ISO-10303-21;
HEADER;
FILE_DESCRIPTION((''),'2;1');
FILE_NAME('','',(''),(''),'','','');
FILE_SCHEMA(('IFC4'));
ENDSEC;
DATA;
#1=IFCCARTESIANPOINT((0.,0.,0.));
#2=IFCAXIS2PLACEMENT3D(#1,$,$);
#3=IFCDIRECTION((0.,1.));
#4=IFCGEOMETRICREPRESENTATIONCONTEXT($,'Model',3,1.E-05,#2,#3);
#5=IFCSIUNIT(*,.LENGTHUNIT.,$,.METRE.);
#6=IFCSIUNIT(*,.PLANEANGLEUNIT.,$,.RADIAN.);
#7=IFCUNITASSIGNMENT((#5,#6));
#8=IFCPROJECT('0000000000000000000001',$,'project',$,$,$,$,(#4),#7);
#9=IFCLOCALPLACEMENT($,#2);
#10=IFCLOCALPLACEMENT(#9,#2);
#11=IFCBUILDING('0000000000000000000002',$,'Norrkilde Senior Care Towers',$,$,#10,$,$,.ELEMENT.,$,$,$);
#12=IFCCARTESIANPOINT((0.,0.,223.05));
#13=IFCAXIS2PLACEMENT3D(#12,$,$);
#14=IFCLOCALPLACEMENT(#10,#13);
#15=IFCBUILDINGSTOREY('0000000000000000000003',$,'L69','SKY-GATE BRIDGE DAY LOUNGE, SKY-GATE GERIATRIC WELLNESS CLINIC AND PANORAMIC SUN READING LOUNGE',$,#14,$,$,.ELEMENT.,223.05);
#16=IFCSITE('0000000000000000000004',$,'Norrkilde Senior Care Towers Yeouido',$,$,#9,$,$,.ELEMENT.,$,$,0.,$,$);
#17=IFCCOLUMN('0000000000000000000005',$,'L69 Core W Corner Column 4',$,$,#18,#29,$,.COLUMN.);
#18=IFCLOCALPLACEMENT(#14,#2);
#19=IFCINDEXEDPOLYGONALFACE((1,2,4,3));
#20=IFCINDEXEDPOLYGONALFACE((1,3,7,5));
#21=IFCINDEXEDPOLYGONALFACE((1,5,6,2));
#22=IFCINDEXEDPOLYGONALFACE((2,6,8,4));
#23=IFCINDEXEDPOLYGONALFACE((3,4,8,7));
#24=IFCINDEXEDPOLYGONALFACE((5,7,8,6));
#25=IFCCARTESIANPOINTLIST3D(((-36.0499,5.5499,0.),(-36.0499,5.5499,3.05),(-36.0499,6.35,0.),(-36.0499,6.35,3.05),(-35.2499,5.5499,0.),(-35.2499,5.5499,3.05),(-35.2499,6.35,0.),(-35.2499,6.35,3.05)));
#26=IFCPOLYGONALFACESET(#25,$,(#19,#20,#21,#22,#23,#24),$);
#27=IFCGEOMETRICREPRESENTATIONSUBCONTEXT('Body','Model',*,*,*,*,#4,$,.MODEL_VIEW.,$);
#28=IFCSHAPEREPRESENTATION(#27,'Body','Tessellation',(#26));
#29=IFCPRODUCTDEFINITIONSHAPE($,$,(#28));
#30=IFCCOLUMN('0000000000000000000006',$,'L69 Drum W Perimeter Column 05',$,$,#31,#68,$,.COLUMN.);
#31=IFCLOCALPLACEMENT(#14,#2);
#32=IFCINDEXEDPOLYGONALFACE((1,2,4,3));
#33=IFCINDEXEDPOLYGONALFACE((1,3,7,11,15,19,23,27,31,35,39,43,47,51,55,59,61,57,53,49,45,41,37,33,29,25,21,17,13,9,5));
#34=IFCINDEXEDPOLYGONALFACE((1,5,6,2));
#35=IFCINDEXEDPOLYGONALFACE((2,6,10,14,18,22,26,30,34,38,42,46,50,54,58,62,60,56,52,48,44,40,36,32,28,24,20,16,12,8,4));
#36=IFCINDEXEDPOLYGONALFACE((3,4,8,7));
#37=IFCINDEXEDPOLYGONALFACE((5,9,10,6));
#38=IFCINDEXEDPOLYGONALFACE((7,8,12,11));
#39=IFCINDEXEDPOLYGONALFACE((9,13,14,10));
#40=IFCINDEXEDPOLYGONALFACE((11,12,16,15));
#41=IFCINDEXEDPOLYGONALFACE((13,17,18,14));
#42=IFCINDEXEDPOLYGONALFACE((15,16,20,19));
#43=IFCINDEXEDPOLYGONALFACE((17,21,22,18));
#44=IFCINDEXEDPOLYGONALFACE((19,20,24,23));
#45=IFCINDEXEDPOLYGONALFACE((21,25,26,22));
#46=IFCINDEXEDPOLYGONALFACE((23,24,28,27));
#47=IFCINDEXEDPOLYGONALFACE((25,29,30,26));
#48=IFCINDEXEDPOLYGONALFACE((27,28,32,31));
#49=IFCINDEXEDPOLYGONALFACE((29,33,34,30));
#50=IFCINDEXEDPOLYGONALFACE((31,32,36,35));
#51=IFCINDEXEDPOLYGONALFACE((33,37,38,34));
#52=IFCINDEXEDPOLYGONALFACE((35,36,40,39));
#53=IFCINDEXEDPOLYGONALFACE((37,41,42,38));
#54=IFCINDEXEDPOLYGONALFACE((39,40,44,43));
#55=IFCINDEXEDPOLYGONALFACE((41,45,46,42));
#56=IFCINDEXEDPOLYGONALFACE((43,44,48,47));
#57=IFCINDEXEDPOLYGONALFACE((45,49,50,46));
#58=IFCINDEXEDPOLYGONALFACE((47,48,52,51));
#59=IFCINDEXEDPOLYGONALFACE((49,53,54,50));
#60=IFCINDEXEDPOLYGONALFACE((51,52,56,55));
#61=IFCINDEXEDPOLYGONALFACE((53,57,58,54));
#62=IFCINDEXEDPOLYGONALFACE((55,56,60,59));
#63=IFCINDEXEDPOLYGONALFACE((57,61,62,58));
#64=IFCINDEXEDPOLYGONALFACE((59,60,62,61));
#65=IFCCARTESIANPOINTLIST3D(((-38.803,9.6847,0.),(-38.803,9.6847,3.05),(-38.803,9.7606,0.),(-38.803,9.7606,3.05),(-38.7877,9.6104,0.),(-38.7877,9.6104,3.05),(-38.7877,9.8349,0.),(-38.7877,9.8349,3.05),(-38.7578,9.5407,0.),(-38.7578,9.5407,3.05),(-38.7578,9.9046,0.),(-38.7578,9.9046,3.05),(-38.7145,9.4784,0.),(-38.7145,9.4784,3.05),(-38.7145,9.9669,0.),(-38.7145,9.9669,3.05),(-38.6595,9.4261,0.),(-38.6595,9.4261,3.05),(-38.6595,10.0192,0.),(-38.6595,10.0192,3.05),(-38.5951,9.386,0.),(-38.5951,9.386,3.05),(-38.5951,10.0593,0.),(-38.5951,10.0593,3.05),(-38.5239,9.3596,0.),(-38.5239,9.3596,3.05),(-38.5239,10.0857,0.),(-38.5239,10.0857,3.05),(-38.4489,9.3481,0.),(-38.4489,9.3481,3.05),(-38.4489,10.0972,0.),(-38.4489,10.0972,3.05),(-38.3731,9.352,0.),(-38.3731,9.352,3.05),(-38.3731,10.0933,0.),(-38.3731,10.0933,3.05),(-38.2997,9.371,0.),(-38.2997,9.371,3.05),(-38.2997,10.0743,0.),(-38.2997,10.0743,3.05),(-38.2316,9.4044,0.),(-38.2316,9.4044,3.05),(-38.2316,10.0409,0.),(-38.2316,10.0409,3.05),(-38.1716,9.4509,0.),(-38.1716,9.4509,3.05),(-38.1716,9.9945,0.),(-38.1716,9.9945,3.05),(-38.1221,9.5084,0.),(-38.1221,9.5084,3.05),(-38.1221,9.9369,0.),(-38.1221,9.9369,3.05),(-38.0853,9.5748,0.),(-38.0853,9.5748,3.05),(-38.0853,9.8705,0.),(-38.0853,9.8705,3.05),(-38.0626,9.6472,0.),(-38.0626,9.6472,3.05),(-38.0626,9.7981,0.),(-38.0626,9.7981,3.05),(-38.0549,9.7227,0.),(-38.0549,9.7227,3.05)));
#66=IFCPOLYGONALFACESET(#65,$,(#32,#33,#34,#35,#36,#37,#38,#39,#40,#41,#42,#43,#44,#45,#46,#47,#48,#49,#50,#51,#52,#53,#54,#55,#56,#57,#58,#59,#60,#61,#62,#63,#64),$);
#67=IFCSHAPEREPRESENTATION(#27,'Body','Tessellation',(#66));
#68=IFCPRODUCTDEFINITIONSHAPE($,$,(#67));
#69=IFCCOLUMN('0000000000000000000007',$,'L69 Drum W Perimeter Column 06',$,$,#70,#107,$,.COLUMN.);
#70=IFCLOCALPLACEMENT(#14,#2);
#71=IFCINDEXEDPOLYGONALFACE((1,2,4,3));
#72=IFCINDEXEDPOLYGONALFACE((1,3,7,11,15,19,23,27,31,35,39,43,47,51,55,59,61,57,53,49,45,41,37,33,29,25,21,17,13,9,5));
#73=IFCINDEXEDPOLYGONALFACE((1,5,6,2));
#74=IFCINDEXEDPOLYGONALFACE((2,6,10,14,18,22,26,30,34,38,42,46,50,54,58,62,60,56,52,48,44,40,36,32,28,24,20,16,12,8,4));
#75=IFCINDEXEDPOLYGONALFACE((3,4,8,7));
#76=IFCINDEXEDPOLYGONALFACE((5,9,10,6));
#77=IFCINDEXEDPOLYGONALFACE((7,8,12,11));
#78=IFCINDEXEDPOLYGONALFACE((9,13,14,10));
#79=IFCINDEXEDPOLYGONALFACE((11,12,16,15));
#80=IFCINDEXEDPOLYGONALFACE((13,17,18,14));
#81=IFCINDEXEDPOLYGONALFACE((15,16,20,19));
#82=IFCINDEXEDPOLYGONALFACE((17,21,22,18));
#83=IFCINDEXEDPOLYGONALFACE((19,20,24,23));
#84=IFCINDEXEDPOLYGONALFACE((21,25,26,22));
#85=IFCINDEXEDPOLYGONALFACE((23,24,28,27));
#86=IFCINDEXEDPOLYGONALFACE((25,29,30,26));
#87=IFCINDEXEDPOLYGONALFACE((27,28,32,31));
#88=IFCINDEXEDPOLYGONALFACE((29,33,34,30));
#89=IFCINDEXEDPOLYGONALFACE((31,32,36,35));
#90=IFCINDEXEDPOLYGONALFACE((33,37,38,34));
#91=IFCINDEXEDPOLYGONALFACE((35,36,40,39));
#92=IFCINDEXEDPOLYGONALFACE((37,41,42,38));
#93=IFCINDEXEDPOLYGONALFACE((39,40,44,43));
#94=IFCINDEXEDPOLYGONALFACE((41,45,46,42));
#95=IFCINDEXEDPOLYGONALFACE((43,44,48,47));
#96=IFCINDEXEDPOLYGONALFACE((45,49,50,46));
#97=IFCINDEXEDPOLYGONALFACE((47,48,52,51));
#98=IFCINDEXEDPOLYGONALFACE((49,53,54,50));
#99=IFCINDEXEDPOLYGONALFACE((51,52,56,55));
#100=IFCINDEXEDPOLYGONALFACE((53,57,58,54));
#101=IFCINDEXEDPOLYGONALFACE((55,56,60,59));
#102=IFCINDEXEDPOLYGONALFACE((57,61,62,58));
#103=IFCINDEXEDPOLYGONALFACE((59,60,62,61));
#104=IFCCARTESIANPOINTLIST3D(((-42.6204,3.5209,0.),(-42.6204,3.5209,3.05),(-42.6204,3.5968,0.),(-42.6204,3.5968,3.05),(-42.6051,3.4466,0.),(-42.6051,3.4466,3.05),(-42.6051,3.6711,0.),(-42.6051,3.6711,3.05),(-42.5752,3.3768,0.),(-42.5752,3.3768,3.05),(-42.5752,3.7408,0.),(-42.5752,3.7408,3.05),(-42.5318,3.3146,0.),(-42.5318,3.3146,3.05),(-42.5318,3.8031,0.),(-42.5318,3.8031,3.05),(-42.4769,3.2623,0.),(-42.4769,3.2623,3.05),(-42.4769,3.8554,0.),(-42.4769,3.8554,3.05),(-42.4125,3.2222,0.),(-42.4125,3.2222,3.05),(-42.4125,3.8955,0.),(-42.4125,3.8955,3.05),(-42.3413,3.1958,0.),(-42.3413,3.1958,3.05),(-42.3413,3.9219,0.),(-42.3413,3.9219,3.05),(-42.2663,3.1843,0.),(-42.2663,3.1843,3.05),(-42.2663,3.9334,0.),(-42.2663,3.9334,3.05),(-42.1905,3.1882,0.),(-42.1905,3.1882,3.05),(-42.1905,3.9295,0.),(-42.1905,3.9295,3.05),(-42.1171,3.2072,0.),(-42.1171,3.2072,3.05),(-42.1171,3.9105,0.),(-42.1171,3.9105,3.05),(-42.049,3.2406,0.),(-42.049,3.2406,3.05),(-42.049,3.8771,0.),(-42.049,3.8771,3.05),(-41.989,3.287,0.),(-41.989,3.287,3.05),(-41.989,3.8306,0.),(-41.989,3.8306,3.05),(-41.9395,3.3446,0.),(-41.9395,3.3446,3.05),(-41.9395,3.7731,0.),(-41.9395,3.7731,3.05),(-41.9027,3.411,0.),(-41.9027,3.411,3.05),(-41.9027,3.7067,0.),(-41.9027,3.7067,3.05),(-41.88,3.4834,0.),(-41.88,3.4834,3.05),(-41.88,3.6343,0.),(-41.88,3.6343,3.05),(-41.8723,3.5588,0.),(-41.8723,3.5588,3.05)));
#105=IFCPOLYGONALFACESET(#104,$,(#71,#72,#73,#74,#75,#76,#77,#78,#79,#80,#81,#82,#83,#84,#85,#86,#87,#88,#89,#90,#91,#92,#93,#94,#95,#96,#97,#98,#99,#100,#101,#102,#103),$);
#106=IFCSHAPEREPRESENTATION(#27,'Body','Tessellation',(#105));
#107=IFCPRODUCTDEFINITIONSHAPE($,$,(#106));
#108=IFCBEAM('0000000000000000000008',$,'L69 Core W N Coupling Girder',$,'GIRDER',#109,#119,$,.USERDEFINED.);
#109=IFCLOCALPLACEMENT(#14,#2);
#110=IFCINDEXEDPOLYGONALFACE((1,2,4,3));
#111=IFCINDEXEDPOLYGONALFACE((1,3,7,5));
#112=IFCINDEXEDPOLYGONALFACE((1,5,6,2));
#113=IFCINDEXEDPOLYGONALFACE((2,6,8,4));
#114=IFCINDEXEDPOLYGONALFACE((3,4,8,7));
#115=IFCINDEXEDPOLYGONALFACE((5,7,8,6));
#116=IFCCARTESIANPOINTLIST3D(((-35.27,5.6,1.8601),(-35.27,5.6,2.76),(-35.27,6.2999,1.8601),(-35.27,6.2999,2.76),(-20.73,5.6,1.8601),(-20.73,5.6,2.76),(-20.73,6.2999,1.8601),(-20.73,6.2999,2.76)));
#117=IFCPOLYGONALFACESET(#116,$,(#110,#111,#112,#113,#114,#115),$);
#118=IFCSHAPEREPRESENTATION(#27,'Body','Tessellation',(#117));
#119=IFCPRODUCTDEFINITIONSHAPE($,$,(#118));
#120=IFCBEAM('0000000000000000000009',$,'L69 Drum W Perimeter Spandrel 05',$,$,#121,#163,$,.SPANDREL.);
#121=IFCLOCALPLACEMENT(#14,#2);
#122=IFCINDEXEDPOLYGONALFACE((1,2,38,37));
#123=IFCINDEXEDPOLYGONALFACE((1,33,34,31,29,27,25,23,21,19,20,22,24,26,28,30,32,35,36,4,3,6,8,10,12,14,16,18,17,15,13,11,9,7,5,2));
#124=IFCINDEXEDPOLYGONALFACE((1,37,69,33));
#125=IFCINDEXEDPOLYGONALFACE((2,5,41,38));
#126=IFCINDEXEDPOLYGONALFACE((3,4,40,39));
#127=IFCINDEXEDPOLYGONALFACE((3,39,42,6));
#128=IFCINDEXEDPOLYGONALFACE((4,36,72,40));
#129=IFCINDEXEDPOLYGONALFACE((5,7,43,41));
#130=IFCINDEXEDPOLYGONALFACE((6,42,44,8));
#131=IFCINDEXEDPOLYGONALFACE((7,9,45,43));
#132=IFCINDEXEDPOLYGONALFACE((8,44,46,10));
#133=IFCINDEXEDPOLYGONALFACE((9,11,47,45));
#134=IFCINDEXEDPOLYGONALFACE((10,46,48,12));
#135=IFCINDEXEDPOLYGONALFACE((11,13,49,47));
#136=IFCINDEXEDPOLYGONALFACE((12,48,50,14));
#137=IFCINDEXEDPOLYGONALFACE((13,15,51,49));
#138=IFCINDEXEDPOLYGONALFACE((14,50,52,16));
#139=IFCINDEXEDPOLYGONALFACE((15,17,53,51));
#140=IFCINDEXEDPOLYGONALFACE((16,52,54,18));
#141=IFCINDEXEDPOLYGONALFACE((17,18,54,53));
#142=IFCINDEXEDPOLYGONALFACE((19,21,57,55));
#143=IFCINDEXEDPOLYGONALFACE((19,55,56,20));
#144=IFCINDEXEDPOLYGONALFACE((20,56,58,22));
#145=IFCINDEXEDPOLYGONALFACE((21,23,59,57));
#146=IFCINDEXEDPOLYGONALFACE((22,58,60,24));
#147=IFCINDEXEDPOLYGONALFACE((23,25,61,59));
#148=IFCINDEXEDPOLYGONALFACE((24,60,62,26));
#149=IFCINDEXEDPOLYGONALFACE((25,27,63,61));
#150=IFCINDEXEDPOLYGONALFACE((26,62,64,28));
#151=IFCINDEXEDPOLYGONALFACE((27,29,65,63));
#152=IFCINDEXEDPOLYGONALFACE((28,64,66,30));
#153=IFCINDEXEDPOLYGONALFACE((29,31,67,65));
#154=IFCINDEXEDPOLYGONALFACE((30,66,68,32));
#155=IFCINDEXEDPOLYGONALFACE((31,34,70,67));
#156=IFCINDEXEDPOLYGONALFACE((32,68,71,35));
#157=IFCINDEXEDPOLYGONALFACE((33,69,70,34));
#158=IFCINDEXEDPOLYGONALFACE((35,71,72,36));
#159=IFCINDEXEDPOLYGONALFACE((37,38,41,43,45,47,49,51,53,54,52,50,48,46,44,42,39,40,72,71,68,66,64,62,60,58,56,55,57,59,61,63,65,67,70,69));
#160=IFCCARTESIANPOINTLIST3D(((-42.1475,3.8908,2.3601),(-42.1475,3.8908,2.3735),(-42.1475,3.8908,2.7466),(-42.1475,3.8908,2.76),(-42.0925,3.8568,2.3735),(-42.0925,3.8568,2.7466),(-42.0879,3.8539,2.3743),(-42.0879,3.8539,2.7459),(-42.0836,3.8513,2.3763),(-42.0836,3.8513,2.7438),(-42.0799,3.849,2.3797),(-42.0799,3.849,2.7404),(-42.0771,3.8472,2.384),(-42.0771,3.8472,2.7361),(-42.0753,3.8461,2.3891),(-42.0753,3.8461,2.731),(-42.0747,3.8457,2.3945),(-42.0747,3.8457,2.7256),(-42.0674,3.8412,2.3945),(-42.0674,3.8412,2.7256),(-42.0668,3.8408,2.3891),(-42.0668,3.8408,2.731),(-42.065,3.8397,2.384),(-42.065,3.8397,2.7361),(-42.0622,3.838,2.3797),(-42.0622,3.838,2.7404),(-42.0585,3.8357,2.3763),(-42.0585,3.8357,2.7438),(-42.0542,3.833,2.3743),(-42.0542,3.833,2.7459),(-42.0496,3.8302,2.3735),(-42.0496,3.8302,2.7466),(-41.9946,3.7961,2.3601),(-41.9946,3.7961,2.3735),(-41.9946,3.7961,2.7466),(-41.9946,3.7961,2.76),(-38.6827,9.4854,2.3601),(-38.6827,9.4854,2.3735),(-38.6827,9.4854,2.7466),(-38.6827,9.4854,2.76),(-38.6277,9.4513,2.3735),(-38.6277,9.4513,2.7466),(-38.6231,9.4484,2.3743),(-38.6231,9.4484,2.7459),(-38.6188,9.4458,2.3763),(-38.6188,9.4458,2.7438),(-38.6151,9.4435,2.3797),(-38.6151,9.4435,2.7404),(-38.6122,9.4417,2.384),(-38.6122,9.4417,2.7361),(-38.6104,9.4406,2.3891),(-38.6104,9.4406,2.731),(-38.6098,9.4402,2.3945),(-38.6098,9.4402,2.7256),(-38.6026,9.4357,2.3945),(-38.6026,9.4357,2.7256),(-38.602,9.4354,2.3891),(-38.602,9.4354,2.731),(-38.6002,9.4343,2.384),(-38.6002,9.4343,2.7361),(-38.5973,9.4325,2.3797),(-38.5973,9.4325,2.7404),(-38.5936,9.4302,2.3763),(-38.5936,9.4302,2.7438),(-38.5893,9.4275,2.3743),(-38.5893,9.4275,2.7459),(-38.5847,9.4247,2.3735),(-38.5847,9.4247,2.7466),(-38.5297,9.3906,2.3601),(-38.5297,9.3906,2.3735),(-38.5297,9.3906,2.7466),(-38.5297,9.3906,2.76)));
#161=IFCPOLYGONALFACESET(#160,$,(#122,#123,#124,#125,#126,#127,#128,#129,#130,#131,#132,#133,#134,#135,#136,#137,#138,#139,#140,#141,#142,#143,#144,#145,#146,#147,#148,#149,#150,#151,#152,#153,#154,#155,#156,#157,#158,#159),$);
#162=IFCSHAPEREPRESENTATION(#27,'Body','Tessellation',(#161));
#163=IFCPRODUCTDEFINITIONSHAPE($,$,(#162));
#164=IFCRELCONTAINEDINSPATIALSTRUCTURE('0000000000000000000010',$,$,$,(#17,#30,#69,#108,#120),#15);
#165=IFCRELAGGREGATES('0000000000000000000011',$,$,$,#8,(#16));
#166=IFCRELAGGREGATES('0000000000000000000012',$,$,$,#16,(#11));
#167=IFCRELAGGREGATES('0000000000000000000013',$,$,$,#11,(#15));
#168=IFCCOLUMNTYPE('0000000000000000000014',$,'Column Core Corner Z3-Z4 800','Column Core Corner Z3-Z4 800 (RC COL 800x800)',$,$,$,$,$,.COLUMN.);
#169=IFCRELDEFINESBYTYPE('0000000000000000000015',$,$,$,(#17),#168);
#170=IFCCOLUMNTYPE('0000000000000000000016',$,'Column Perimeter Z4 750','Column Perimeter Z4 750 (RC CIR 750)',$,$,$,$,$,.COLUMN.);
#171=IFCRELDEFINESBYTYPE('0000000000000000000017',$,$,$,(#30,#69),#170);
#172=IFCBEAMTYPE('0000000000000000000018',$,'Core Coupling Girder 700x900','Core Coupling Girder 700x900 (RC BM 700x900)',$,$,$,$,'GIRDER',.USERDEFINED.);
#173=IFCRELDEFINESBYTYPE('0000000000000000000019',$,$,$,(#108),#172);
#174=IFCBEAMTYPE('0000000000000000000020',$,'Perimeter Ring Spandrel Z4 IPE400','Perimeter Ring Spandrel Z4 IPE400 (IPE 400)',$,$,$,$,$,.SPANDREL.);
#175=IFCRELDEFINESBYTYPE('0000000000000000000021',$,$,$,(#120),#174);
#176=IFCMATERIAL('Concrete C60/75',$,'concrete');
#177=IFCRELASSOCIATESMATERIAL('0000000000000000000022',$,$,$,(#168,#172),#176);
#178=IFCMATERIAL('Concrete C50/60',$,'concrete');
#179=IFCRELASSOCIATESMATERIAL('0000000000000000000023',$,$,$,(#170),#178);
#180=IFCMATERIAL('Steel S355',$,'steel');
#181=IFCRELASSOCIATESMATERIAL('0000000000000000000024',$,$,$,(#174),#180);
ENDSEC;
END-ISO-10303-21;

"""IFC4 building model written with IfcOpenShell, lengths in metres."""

from ifc_helpers import new_model, si_unit, direction, frame, origin, origin_2d, place, context, subcontext, project, spatial, rectangle, circle, i_section, extrude, source, transform, mapped, material, material_profile, profile_set, type_object, type_shapes, element, save


model = new_model("IFC4")

# Units and contexts
model_context = context("Model", 3, precision=1e-05, world=origin(), true_north=direction((0.0, 1.0)))
body_context = subcontext(model_context, "Body", "Model", "MODEL_VIEW")
ifc_project = project(units=[si_unit("LENGTHUNIT", "METRE"), si_unit("PLANEANGLEUNIT", "RADIAN")], contexts=[model_context])

# Site, building, storey
site_placement = place(None, origin())
site = spatial("IfcSite", under=ifc_project, at=site_placement, Name="Norrkilde Senior Care Towers Yeouido", CompositionType="ELEMENT", RefElevation=0.0)
building_placement = place(site_placement, origin())
building = spatial("IfcBuilding", under=site, at=building_placement, Name="Norrkilde Senior Care Towers", CompositionType="ELEMENT")
storey_placement = place(building_placement, frame((0.0, 0.0, 223.05)))
storey = spatial("IfcBuildingStorey", under=building, at=storey_placement, Name="L69", Description="SKY-GATE BRIDGE DAY LOUNGE, SKY-GATE GERIATRIC WELLNESS CLINIC AND PANORAMIC SUN READING LOUNGE", CompositionType="ELEMENT", Elevation=223.05)

# Columns
ifc_material_1 = material(Name="Concrete C60/75", Category="concrete")
ifc_material_profile_1 = material_profile(ifc_material_1, rectangle(XDim=0.8, YDim=0.8, at=origin_2d()), Name="RC COL 800x800")
ifc_profile_set_1 = profile_set([ifc_material_profile_1], Name="Concrete C60/75")
column_type_1 = type_object("IfcColumnType", Name="Column Core Corner Z3-Z4 800", Description="Column Core Corner Z3-Z4 800 (RC COL 800x800)", PredefinedType="COLUMN", material=ifc_profile_set_1)
shared_shape_1 = source(origin(), body_context, "Body", "SweptSolid", [
    extrude(rectangle(XDim=0.8, YDim=0.8, at=origin_2d()), origin(), (0.0, 0.0, 1.0), 3.05),
])
type_shapes(column_type_1, [shared_shape_1])
column_placement = place(storey_placement, frame((-35.6499, 5.95, 0.0), z_axis=(0.0, 0.0, 1.0), x_axis=(1.0, 0.0, 0.0)))
element("IfcColumn", 1, at=column_placement, inside=storey, type_object=column_type_1, Name="L69 Core W Corner Column 4", PredefinedType="COLUMN", context=body_context, shape_type="MappedRepresentation", body=[
    mapped(shared_shape_1, transform((0.0, 0.0, 0.0), x_axis=(1.0, 0.0, 0.0), y_axis=(0.0, 1.0, 0.0), z_axis=(0.0, 0.0, 1.0), scale=1.0)),
])
ifc_material_2 = material(Name="Concrete C50/60", Category="concrete")
ifc_material_profile_2 = material_profile(ifc_material_2, circle(Radius=0.375, at=origin_2d()), Name="RC CIR 750")
ifc_profile_set_2 = profile_set([ifc_material_profile_2], Name="Concrete C50/60")
column_type_2 = type_object("IfcColumnType", Name="Column Perimeter Z4 750", Description="Column Perimeter Z4 750 (RC CIR 750)", PredefinedType="COLUMN", material=ifc_profile_set_2)
shared_shape_2 = source(origin(), body_context, "Body", "SweptSolid", [
    extrude(circle(Radius=0.375, at=origin_2d()), origin(), (0.0, 0.0, 1.0), 3.05),
])
type_shapes(column_type_2, [shared_shape_2])
for number, where, z_axis, x_axis, name in (
    (2, (-38.4299, 9.7227, 0.0), (0.0, 0.0, 1.0), (1.0, 0.0, 0.0), "L69 Drum W Perimeter Column 05"),
    (3, (-42.2473, 3.5588, 0.0), (0.0, 0.0, 1.0), (1.0, 0.0, 0.0), "L69 Drum W Perimeter Column 06"),
):
    element("IfcColumn", number, at=place(storey_placement, frame(where, z_axis=z_axis, x_axis=x_axis)), inside=storey, type_object=column_type_2, Name=name, PredefinedType="COLUMN", context=body_context, shape_type="MappedRepresentation", body=[
        mapped(shared_shape_2, transform((0.0, 0.0, 0.0), x_axis=(1.0, 0.0, 0.0), y_axis=(0.0, 1.0, 0.0), z_axis=(0.0, 0.0, 1.0), scale=1.0)),
    ])

# Beams
ifc_material_profile_3 = material_profile(ifc_material_1, rectangle(XDim=0.7, YDim=0.8999, at=origin_2d()), Name="RC BM 700x900")
ifc_profile_set_3 = profile_set([ifc_material_profile_3], Name="Concrete C60/75")
beam_type_1 = type_object("IfcBeamType", Name="Core Coupling Girder 700x900", Description="Core Coupling Girder 700x900 (RC BM 700x900)", ElementType="GIRDER", PredefinedType="USERDEFINED", material=ifc_profile_set_3)
shared_shape_3 = source(origin(), body_context, "Body", "SweptSolid", [
    extrude(rectangle(XDim=0.7, YDim=0.8999, at=origin_2d()), origin(), (0.0, 0.0, 1.0), 14.54),
])
type_shapes(beam_type_1, [shared_shape_3])
beam_1_placement = place(storey_placement, frame((-35.27, 5.95, 2.3101), z_axis=(1.0, 0.0, 0.0), x_axis=(0.0, 1.0, 0.0)))
element("IfcBeam", 4, at=beam_1_placement, inside=storey, type_object=beam_type_1, Name="L69 Core W N Coupling Girder", ObjectType="GIRDER", PredefinedType="USERDEFINED", context=body_context, shape_type="MappedRepresentation", body=[
    mapped(shared_shape_3, transform((0.0, 0.0, 0.0), x_axis=(1.0, 0.0, 0.0), y_axis=(0.0, 1.0, 0.0), z_axis=(0.0, 0.0, 1.0), scale=1.0)),
])
ifc_material_3 = material(Name="Steel S355", Category="steel")
ifc_material_profile_4 = material_profile(ifc_material_3, i_section(OverallWidth=0.1799, OverallDepth=0.3999, WebThickness=0.0085, FlangeThickness=0.0134, FilletRadius=0.021, at=origin_2d()), Name="IPE 400")
ifc_profile_set_4 = profile_set([ifc_material_profile_4], Name="Steel S355")
beam_type_2 = type_object("IfcBeamType", Name="Perimeter Ring Spandrel Z4 IPE400", Description="Perimeter Ring Spandrel Z4 IPE400 (IPE 400)", PredefinedType="SPANDREL", material=ifc_profile_set_4)
shared_shape_4 = source(origin(), body_context, "Body", "SweptSolid", [
    extrude(i_section(OverallWidth=0.1799, OverallDepth=0.3999, WebThickness=0.0085, FlangeThickness=0.0134, FilletRadius=0.021, at=origin_2d()), origin(), (0.0, 0.0, 1.0), 6.5806),
])
beam_2_placement = place(storey_placement, frame((-38.6062, 9.438, 2.5601), z_axis=(-0.52653, -0.850157, 0.0), x_axis=(0.850157, -0.52653, 0.0)))
element("IfcBeam", 5, at=beam_2_placement, inside=storey, type_object=beam_type_2, Name="L69 Drum W Perimeter Spandrel 05", PredefinedType="SPANDREL", context=body_context, shape_type="MappedRepresentation", body=[
    mapped(shared_shape_4, transform((0.0, 0.0, 0.0), x_axis=(1.0, 0.0, 0.0), y_axis=(0.0, 1.0, 0.0), z_axis=(0.0, 0.0, 1.0), scale=1.0)),
])

save(model, "model.ifc")
